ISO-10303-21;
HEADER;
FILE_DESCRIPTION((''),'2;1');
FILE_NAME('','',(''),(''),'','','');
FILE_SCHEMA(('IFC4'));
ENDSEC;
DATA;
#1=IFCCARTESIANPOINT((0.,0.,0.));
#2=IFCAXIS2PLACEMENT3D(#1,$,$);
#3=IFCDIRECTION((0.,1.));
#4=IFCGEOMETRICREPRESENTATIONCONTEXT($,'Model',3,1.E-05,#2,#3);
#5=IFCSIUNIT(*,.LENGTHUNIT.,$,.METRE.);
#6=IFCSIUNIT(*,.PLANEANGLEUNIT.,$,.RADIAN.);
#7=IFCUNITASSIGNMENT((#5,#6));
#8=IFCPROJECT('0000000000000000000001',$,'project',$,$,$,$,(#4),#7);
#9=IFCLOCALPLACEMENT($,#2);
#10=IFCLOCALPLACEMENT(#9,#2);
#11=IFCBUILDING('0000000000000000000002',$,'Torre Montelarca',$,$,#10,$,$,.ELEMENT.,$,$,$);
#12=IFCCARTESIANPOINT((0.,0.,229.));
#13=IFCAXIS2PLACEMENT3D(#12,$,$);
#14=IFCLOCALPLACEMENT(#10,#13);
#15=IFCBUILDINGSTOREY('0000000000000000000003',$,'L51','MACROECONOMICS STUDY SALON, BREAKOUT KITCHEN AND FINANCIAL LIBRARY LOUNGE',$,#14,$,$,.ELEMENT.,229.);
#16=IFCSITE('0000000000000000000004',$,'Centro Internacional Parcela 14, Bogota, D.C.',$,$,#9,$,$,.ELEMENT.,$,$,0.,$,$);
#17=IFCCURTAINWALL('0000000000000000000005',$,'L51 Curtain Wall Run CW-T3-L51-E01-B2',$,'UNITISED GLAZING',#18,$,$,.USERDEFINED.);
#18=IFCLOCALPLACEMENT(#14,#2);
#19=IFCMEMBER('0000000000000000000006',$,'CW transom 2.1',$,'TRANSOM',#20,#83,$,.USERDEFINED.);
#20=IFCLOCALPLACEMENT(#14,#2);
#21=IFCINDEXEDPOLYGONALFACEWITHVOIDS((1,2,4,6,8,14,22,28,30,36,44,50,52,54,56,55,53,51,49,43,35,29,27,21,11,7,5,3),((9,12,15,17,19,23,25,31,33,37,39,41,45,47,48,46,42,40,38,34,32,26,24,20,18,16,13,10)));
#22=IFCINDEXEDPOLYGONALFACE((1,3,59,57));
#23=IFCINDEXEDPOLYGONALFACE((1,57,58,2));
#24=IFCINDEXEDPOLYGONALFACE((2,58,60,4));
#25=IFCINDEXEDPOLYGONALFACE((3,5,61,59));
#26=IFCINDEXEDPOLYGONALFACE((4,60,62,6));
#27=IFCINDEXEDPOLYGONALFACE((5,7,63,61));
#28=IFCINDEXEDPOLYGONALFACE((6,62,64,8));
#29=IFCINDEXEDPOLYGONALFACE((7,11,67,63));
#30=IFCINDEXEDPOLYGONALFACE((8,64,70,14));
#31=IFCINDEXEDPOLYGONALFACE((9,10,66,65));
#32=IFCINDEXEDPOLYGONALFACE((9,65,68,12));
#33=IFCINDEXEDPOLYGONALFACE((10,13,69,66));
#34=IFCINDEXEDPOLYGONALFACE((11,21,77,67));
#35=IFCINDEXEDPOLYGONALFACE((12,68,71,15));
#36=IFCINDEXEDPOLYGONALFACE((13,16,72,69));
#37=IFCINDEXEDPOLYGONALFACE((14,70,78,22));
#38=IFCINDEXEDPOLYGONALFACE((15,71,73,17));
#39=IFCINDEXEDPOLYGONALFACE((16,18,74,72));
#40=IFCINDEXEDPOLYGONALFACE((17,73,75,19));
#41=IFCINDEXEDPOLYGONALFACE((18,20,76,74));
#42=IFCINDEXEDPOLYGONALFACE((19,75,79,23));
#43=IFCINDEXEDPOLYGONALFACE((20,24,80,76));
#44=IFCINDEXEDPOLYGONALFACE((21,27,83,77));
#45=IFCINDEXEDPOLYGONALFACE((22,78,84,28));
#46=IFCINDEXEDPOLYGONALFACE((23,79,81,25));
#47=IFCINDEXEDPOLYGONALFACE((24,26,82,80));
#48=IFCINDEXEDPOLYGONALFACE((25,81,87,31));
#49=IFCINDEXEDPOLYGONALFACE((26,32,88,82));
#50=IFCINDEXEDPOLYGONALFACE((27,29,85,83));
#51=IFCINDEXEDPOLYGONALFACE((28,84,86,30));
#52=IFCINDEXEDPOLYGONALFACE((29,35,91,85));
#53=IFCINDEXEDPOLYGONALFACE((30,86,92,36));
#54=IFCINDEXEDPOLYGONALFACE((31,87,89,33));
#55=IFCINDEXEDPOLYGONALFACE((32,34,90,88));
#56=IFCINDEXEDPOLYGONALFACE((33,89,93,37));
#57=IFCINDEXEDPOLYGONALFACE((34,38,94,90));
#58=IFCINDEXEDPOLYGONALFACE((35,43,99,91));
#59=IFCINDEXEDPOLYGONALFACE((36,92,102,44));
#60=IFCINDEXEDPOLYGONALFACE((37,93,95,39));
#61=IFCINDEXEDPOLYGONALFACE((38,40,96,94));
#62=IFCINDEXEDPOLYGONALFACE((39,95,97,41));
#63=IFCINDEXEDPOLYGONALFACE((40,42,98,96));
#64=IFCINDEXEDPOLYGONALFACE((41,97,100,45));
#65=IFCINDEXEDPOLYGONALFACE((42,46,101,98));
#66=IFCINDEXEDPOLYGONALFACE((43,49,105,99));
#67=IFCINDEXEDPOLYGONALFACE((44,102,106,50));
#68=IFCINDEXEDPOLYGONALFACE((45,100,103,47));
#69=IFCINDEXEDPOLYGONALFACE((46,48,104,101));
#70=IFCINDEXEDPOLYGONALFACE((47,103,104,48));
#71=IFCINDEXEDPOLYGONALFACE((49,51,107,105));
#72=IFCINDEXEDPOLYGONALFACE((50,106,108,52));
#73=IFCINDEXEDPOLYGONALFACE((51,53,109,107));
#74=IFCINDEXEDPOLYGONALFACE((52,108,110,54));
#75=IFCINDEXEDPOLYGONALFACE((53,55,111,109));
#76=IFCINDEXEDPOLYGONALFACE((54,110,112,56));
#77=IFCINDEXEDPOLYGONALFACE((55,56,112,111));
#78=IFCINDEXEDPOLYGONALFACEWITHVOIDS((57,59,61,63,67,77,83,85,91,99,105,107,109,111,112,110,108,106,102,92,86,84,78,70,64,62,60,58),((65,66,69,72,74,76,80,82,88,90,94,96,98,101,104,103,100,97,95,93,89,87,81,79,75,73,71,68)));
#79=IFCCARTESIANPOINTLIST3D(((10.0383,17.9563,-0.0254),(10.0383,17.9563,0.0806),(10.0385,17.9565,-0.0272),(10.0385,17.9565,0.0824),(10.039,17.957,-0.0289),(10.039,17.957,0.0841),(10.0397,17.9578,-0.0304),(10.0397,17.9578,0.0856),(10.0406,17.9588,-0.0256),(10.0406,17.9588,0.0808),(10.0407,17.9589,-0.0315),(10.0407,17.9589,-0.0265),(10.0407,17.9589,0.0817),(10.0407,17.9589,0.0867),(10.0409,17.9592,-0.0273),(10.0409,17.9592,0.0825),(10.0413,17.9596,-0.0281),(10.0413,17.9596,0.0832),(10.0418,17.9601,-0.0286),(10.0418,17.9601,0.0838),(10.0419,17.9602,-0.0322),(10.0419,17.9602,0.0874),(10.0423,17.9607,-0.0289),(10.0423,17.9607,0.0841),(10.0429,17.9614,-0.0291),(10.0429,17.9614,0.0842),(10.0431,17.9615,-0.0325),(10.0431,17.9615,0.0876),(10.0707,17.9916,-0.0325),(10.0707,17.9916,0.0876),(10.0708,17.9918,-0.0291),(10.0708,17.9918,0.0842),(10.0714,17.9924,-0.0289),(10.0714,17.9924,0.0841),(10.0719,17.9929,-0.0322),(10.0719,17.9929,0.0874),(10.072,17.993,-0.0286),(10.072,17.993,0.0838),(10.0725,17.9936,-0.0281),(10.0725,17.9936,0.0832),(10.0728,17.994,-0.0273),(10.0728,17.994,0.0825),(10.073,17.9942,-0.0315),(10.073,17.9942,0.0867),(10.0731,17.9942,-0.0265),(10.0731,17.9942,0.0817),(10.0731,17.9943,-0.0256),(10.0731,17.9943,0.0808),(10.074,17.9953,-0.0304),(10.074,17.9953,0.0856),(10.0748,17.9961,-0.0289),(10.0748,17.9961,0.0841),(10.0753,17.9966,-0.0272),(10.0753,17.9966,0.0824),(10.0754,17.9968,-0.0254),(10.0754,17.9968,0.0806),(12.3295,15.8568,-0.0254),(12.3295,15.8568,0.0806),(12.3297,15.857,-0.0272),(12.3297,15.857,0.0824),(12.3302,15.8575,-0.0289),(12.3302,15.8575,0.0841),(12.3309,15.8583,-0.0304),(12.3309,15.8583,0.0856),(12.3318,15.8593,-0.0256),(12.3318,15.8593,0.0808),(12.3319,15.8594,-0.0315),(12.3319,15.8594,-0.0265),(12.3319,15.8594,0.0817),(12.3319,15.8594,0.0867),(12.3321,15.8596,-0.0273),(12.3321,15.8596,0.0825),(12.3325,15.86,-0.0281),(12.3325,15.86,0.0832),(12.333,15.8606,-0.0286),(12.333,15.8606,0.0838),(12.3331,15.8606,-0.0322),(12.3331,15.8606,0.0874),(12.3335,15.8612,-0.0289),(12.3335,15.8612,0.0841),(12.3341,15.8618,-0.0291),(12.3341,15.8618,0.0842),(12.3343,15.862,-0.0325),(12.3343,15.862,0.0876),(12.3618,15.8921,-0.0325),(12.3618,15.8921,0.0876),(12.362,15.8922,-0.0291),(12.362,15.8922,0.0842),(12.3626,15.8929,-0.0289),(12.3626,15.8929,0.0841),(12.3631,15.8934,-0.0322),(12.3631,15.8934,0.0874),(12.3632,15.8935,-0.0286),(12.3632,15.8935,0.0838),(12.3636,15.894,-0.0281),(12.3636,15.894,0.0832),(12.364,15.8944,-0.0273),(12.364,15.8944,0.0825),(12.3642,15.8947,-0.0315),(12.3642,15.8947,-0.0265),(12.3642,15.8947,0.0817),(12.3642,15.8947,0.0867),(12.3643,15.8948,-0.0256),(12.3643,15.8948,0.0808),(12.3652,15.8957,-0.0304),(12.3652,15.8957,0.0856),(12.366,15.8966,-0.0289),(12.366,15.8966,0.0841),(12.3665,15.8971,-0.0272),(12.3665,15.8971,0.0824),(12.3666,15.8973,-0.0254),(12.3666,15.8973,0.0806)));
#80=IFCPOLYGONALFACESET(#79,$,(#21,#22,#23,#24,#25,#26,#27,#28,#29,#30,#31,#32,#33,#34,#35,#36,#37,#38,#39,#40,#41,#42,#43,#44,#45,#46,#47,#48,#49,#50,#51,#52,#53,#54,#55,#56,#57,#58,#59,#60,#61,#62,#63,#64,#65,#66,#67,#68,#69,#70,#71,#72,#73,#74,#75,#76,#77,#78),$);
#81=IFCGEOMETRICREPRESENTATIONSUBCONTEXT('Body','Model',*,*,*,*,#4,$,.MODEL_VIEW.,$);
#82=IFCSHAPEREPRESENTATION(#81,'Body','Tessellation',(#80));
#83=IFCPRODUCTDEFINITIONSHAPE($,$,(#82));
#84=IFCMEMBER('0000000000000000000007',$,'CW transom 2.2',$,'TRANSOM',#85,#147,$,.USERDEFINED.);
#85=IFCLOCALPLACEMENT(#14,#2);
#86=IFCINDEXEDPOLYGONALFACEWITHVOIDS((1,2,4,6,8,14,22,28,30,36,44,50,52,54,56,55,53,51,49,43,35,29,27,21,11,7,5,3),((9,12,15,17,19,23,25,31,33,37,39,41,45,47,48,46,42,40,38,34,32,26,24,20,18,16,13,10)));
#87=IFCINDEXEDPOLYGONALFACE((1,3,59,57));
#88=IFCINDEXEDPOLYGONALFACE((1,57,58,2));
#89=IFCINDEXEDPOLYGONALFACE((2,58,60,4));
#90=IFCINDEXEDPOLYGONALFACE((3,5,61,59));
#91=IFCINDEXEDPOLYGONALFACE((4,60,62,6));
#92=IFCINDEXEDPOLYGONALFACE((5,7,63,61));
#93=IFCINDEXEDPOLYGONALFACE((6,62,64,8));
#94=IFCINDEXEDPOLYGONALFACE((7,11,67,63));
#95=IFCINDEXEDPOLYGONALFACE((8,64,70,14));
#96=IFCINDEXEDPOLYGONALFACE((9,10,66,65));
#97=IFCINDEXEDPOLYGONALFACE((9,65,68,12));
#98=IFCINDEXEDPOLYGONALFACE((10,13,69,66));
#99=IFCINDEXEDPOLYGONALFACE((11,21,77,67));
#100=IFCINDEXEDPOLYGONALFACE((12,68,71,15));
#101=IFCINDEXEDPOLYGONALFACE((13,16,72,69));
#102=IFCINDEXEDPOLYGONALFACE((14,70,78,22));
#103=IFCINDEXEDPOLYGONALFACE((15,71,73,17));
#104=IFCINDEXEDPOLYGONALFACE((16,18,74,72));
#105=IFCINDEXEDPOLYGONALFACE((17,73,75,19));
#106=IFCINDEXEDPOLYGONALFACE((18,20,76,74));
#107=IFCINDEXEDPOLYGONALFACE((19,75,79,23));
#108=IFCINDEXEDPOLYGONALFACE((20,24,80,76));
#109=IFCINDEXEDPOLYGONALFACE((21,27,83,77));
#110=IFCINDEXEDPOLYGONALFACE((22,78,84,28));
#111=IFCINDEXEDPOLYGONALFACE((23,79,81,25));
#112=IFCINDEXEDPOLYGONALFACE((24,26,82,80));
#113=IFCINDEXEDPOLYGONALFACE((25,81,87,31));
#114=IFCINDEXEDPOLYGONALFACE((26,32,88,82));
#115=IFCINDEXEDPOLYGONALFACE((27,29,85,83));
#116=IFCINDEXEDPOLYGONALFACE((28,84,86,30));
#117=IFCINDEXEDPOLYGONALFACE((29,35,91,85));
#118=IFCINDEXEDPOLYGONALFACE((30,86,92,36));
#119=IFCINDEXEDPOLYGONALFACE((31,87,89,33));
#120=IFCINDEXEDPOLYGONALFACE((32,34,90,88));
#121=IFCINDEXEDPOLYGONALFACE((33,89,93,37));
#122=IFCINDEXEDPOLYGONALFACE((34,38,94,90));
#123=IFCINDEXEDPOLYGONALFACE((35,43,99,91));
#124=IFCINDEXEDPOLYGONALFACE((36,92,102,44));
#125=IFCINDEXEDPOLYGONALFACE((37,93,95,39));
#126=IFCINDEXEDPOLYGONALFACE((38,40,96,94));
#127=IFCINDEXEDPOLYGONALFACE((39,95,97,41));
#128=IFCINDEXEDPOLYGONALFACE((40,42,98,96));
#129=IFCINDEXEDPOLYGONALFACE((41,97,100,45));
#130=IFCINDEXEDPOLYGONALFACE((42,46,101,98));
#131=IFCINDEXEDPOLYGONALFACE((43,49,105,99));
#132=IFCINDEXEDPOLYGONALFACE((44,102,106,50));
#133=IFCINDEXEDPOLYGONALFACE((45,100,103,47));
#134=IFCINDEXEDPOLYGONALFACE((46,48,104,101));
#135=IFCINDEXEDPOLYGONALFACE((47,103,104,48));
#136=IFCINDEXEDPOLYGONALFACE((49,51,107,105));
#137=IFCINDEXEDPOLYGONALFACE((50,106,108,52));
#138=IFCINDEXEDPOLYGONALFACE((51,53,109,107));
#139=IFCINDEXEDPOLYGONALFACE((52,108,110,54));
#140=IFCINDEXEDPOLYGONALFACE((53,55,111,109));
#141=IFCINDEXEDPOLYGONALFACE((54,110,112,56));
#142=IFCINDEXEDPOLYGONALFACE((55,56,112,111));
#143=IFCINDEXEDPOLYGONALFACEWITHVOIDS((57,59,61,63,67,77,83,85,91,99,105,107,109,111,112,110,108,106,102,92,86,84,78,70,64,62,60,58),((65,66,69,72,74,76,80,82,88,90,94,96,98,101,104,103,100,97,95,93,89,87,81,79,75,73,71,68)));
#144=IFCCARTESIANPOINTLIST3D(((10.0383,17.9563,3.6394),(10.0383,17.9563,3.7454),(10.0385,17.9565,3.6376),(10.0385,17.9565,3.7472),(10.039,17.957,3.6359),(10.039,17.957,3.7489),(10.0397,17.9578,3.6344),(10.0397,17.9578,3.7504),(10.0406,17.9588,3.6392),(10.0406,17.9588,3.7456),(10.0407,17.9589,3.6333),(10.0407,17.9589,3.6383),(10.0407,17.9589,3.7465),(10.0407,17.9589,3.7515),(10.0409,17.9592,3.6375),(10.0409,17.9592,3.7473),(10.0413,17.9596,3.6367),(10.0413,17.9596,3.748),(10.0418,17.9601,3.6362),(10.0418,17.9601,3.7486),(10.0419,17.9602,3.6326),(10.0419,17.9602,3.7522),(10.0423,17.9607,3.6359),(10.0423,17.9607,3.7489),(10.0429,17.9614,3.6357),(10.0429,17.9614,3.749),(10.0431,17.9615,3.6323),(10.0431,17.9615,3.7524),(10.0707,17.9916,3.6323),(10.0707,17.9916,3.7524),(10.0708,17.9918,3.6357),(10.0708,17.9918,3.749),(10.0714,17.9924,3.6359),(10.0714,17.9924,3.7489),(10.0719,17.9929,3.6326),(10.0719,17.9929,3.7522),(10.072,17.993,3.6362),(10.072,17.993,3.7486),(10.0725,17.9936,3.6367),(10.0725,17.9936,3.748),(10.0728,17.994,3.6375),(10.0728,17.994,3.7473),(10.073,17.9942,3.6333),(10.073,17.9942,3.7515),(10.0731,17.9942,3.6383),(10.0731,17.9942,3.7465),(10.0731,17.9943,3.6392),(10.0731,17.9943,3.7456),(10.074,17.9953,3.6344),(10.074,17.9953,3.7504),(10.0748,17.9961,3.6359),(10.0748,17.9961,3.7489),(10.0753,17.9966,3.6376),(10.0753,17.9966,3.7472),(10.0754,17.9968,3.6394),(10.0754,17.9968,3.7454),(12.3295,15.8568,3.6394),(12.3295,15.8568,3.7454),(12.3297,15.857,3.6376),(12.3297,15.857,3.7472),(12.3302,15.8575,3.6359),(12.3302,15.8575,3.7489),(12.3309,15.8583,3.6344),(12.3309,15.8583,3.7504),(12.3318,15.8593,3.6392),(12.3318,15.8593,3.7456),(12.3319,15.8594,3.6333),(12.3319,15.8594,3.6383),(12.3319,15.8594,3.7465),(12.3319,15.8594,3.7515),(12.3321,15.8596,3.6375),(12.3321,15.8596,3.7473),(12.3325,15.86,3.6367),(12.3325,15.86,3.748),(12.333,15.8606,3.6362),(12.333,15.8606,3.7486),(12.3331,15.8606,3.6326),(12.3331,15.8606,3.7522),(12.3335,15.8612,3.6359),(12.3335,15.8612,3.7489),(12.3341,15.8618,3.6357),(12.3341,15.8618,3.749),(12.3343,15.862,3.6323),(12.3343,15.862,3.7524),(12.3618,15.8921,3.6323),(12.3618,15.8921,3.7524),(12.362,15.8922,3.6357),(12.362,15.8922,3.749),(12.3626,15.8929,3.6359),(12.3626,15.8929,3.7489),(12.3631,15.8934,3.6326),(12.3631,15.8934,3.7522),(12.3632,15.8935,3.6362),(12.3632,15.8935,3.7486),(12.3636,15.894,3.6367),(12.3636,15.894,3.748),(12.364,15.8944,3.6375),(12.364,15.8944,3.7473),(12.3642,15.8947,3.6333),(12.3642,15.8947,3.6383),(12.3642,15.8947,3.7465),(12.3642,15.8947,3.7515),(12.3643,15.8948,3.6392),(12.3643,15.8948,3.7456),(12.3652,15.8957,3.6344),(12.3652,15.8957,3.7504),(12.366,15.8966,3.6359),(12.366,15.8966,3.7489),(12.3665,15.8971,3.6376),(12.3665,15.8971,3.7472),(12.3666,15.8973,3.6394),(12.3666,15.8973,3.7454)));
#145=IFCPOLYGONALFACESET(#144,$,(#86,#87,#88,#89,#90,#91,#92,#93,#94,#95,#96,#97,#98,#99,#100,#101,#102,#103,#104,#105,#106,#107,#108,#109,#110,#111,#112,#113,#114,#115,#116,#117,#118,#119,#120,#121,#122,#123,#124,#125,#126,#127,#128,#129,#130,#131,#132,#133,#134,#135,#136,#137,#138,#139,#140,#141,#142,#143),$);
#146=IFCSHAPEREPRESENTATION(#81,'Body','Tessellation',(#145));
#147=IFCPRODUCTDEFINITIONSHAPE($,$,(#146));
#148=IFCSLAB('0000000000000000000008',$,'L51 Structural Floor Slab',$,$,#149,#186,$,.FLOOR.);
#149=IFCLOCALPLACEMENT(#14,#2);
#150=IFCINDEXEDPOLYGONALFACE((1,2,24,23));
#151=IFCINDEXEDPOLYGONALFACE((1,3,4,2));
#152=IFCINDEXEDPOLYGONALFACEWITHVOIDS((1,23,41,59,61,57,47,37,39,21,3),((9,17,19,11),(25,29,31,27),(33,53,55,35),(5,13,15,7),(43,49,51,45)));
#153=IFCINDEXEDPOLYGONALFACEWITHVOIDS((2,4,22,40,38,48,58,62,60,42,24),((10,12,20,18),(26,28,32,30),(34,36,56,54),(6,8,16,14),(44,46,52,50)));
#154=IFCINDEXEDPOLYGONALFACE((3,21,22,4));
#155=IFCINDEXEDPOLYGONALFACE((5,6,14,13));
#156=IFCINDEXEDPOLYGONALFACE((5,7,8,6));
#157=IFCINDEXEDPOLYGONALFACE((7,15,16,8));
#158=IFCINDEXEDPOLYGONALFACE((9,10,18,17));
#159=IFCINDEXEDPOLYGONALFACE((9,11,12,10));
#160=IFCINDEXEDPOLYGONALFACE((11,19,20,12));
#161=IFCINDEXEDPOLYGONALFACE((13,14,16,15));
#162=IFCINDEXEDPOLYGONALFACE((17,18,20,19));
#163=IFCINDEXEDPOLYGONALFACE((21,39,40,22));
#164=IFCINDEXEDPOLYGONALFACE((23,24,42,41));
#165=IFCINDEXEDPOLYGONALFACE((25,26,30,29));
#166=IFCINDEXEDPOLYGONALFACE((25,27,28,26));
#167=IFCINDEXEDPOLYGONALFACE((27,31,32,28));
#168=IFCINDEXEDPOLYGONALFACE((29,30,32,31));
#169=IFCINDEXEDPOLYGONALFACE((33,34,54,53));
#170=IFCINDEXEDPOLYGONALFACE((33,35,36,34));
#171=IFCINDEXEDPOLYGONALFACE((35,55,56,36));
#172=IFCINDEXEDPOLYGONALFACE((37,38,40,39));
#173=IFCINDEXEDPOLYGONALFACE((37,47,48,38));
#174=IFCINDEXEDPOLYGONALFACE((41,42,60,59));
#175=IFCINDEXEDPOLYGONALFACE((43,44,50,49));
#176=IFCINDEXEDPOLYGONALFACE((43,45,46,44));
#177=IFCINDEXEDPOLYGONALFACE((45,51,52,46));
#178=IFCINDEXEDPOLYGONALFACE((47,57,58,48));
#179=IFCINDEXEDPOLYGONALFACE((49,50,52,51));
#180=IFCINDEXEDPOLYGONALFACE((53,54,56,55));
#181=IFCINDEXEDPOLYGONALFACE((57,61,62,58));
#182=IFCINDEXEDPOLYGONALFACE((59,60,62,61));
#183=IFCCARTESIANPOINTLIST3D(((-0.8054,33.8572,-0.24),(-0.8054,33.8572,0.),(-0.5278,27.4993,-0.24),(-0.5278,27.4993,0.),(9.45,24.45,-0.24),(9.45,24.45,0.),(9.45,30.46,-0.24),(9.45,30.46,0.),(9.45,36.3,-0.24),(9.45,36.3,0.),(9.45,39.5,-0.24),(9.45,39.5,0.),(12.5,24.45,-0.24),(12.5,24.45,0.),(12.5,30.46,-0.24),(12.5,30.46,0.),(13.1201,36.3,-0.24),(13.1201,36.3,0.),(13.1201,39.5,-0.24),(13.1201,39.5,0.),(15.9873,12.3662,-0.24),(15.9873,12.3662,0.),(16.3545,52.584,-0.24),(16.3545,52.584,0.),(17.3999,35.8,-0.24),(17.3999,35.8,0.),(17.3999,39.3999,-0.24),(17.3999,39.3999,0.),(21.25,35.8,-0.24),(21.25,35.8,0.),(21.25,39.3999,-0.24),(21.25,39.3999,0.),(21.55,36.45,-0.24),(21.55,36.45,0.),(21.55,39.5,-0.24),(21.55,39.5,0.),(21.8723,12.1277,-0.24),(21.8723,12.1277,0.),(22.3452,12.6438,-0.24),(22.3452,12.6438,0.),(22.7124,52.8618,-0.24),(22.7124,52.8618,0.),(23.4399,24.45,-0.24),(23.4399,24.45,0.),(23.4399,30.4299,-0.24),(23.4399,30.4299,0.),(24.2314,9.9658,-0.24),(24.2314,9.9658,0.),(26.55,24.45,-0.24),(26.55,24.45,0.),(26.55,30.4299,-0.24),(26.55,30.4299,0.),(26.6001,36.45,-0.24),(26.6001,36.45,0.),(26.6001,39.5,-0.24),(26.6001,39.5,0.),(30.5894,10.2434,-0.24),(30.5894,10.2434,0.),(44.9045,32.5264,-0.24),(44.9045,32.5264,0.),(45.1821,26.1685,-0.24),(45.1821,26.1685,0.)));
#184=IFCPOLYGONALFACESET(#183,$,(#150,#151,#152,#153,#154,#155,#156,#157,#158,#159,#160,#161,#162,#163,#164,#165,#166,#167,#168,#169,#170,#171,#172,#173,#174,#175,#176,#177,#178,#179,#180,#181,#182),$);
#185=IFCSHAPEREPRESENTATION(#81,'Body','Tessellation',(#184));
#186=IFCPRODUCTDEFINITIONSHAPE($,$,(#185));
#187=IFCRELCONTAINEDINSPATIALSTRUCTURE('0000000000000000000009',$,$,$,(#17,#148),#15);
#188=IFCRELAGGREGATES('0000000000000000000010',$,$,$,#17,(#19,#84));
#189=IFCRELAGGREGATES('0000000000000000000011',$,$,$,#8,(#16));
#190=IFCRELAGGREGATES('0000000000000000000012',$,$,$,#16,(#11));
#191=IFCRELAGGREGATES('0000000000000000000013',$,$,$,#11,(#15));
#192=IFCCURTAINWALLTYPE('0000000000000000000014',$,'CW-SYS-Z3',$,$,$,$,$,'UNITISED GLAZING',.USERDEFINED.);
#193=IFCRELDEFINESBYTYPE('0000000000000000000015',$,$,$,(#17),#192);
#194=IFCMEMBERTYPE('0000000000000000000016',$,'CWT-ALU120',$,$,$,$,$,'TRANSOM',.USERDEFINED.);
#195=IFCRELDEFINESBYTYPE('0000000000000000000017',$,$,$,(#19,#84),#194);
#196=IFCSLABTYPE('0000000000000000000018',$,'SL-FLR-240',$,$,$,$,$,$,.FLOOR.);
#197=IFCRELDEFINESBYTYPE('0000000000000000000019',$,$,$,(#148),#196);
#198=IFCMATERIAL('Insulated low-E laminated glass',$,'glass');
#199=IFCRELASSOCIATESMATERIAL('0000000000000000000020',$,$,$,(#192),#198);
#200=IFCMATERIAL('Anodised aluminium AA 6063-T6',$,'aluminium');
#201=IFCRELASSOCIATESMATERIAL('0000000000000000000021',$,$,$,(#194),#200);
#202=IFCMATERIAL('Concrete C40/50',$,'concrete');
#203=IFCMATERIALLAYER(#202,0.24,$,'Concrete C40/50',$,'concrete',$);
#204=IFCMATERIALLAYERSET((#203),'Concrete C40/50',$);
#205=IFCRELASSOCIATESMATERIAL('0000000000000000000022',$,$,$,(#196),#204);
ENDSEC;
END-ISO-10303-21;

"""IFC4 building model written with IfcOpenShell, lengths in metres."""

from ifc_helpers import new_model, si_unit, direction, frame, origin, origin_2d, place, context, subcontext, project, spatial, polyline, hollow_rectangle, outline, extrude, source, transform, mapped, material, layer, layer_set, material_profile, profile_set, type_object, element, aggregate, save


model = new_model("IFC4")

# Units and contexts
model_context = context("Model", 3, precision=1e-05, world=origin(), true_north=direction((0.0, 1.0)))
body_context = subcontext(model_context, "Body", "Model", "MODEL_VIEW")
ifc_project = project(units=[si_unit("LENGTHUNIT", "METRE"), si_unit("PLANEANGLEUNIT", "RADIAN")], contexts=[model_context])

# Site, building, storey
site_placement = place(None, origin())
site = spatial("IfcSite", under=ifc_project, at=site_placement, Name="Centro Internacional Parcela 14, Bogota, D.C.", CompositionType="ELEMENT", RefElevation=0.0)
building_placement = place(site_placement, origin())
building = spatial("IfcBuilding", under=site, at=building_placement, Name="Torre Montelarca", CompositionType="ELEMENT")
storey_placement = place(building_placement, frame((0.0, 0.0, 229.0)))
storey = spatial("IfcBuildingStorey", under=building, at=storey_placement, Name="L51", Description="MACROECONOMICS STUDY SALON, BREAKOUT KITCHEN AND FINANCIAL LIBRARY LOUNGE", CompositionType="ELEMENT", Elevation=229.0)

# Curtain wall
ifc_material_1 = material(Name="Insulated low-E laminated glass", Category="glass")
curtain_wall_type = type_object("IfcCurtainWallType", Name="CW-SYS-Z3", ElementType="UNITISED GLAZING", PredefinedType="USERDEFINED", material=ifc_material_1)
ifc_material_2 = material(Name="Anodised aluminium AA 6063-T6", Category="aluminium")
ifc_material_profile_1 = material_profile(ifc_material_2, hollow_rectangle(XDim=0.0549, YDim=0.1201, WallThickness=0.0034, InnerFilletRadius=0.0034, OuterFilletRadius=0.0071, at=origin_2d()), Name="ALU55X120X3.5", Category="aluminium")
ifc_profile_set_1 = profile_set([ifc_material_profile_1], Name="Anodised aluminium AA 6063-T6")
member_type_1 = type_object("IfcMemberType", Name="CWT-ALU120", ElementType="TRANSOM", PredefinedType="USERDEFINED", material=ifc_profile_set_1)
curtain_wall_1_placement = place(storey_placement, origin())
curtain_wall_1 = element("IfcCurtainWall", 1, at=curtain_wall_1_placement, inside=storey, type_object=curtain_wall_type, Name="L51 Curtain Wall Run CW-T3-L51-E01-B2", ObjectType="UNITISED GLAZING", PredefinedType="USERDEFINED")

# Members
shared_shape_1 = source(origin(), body_context, "Body", "SweptSolid", [
    extrude(hollow_rectangle(XDim=0.0549, YDim=0.1201, WallThickness=0.0034, InnerFilletRadius=0.0034, OuterFilletRadius=0.0071, at=origin_2d()), origin(), (0.0, 0.0, 1.0), 3.1077),
])
member_1_placement = place(storey_placement, frame((10.0569, 17.9766, 0.0276), z_axis=(0.737268, -0.6756, 0.0), x_axis=(0.6756, 0.737268, 0.0)))
member_1 = element("IfcMember", 2, at=member_1_placement, type_object=member_type_1, Name="CW transom 2.1", ObjectType="TRANSOM", PredefinedType="USERDEFINED", context=body_context, shape_type="MappedRepresentation", body=[
    mapped(shared_shape_1, transform((0.0, 0.0, 0.0), scale=1.0)),
])
member_2_placement = place(storey_placement, frame((10.0569, 17.9766, 3.6924), z_axis=(0.737268, -0.6756, 0.0), x_axis=(0.6756, 0.737268, 0.0)))
member_2 = element("IfcMember", 3, at=member_2_placement, type_object=member_type_1, Name="CW transom 2.2", ObjectType="TRANSOM", PredefinedType="USERDEFINED", context=body_context, shape_type="MappedRepresentation", body=[
    mapped(shared_shape_1, transform((0.0, 0.0, 0.0), scale=1.0)),
])

# Slab
ifc_material_3 = material(Name="Concrete C40/50", Category="concrete")
ifc_layer_1 = layer(ifc_material_3, 0.24, Name="Concrete C40/50", Category="concrete")
ifc_layer_set_1 = layer_set([ifc_layer_1], Name="Concrete C40/50")
slab_type_1 = type_object("IfcSlabType", Name="SL-FLR-240", PredefinedType="FLOOR", material=ifc_layer_set_1)
slab_1_placement = place(storey_placement, frame((0.0, 0.0, -0.24)))
element("IfcSlab", 4, at=slab_1_placement, inside=storey, type_object=slab_type_1, Name="L51 Structural Floor Slab", PredefinedType="FLOOR", context=body_context, shape_type="SweptSolid", body=[
    extrude(outline(polyline([(15.9873, 12.3662), (22.3452, 12.6438), (21.8723, 12.1277), (24.2314, 9.9658), (30.5894, 10.2434), (45.1821, 26.1685), (44.9045, 32.5264), (22.7124, 52.8618), (16.3545, 52.584), (-0.8054, 33.8572), (-0.5278, 27.4993), (15.9873, 12.3662)]), holes=[polyline([(26.55, 24.45), (23.4399, 24.45), (23.4399, 30.4299), (26.55, 30.4299), (26.55, 24.45)]), polyline([(12.5, 24.45), (9.45, 24.45), (9.45, 30.46), (12.5, 30.46), (12.5, 24.45)]), polyline([(21.25, 39.3999), (21.25, 35.8), (17.3999, 35.8), (17.3999, 39.3999), (21.25, 39.3999)]), polyline([(13.1201, 36.3), (9.45, 36.3), (9.45, 39.5), (13.1201, 39.5), (13.1201, 36.3)]), polyline([(26.6001, 36.45), (21.55, 36.45), (21.55, 39.5), (26.6001, 39.5), (26.6001, 36.45)])]), origin(), (0.0, 0.0, 1.0), 0.24),
])

aggregate(curtain_wall_1, [member_1, member_2])

save(model, "model.ifc")
